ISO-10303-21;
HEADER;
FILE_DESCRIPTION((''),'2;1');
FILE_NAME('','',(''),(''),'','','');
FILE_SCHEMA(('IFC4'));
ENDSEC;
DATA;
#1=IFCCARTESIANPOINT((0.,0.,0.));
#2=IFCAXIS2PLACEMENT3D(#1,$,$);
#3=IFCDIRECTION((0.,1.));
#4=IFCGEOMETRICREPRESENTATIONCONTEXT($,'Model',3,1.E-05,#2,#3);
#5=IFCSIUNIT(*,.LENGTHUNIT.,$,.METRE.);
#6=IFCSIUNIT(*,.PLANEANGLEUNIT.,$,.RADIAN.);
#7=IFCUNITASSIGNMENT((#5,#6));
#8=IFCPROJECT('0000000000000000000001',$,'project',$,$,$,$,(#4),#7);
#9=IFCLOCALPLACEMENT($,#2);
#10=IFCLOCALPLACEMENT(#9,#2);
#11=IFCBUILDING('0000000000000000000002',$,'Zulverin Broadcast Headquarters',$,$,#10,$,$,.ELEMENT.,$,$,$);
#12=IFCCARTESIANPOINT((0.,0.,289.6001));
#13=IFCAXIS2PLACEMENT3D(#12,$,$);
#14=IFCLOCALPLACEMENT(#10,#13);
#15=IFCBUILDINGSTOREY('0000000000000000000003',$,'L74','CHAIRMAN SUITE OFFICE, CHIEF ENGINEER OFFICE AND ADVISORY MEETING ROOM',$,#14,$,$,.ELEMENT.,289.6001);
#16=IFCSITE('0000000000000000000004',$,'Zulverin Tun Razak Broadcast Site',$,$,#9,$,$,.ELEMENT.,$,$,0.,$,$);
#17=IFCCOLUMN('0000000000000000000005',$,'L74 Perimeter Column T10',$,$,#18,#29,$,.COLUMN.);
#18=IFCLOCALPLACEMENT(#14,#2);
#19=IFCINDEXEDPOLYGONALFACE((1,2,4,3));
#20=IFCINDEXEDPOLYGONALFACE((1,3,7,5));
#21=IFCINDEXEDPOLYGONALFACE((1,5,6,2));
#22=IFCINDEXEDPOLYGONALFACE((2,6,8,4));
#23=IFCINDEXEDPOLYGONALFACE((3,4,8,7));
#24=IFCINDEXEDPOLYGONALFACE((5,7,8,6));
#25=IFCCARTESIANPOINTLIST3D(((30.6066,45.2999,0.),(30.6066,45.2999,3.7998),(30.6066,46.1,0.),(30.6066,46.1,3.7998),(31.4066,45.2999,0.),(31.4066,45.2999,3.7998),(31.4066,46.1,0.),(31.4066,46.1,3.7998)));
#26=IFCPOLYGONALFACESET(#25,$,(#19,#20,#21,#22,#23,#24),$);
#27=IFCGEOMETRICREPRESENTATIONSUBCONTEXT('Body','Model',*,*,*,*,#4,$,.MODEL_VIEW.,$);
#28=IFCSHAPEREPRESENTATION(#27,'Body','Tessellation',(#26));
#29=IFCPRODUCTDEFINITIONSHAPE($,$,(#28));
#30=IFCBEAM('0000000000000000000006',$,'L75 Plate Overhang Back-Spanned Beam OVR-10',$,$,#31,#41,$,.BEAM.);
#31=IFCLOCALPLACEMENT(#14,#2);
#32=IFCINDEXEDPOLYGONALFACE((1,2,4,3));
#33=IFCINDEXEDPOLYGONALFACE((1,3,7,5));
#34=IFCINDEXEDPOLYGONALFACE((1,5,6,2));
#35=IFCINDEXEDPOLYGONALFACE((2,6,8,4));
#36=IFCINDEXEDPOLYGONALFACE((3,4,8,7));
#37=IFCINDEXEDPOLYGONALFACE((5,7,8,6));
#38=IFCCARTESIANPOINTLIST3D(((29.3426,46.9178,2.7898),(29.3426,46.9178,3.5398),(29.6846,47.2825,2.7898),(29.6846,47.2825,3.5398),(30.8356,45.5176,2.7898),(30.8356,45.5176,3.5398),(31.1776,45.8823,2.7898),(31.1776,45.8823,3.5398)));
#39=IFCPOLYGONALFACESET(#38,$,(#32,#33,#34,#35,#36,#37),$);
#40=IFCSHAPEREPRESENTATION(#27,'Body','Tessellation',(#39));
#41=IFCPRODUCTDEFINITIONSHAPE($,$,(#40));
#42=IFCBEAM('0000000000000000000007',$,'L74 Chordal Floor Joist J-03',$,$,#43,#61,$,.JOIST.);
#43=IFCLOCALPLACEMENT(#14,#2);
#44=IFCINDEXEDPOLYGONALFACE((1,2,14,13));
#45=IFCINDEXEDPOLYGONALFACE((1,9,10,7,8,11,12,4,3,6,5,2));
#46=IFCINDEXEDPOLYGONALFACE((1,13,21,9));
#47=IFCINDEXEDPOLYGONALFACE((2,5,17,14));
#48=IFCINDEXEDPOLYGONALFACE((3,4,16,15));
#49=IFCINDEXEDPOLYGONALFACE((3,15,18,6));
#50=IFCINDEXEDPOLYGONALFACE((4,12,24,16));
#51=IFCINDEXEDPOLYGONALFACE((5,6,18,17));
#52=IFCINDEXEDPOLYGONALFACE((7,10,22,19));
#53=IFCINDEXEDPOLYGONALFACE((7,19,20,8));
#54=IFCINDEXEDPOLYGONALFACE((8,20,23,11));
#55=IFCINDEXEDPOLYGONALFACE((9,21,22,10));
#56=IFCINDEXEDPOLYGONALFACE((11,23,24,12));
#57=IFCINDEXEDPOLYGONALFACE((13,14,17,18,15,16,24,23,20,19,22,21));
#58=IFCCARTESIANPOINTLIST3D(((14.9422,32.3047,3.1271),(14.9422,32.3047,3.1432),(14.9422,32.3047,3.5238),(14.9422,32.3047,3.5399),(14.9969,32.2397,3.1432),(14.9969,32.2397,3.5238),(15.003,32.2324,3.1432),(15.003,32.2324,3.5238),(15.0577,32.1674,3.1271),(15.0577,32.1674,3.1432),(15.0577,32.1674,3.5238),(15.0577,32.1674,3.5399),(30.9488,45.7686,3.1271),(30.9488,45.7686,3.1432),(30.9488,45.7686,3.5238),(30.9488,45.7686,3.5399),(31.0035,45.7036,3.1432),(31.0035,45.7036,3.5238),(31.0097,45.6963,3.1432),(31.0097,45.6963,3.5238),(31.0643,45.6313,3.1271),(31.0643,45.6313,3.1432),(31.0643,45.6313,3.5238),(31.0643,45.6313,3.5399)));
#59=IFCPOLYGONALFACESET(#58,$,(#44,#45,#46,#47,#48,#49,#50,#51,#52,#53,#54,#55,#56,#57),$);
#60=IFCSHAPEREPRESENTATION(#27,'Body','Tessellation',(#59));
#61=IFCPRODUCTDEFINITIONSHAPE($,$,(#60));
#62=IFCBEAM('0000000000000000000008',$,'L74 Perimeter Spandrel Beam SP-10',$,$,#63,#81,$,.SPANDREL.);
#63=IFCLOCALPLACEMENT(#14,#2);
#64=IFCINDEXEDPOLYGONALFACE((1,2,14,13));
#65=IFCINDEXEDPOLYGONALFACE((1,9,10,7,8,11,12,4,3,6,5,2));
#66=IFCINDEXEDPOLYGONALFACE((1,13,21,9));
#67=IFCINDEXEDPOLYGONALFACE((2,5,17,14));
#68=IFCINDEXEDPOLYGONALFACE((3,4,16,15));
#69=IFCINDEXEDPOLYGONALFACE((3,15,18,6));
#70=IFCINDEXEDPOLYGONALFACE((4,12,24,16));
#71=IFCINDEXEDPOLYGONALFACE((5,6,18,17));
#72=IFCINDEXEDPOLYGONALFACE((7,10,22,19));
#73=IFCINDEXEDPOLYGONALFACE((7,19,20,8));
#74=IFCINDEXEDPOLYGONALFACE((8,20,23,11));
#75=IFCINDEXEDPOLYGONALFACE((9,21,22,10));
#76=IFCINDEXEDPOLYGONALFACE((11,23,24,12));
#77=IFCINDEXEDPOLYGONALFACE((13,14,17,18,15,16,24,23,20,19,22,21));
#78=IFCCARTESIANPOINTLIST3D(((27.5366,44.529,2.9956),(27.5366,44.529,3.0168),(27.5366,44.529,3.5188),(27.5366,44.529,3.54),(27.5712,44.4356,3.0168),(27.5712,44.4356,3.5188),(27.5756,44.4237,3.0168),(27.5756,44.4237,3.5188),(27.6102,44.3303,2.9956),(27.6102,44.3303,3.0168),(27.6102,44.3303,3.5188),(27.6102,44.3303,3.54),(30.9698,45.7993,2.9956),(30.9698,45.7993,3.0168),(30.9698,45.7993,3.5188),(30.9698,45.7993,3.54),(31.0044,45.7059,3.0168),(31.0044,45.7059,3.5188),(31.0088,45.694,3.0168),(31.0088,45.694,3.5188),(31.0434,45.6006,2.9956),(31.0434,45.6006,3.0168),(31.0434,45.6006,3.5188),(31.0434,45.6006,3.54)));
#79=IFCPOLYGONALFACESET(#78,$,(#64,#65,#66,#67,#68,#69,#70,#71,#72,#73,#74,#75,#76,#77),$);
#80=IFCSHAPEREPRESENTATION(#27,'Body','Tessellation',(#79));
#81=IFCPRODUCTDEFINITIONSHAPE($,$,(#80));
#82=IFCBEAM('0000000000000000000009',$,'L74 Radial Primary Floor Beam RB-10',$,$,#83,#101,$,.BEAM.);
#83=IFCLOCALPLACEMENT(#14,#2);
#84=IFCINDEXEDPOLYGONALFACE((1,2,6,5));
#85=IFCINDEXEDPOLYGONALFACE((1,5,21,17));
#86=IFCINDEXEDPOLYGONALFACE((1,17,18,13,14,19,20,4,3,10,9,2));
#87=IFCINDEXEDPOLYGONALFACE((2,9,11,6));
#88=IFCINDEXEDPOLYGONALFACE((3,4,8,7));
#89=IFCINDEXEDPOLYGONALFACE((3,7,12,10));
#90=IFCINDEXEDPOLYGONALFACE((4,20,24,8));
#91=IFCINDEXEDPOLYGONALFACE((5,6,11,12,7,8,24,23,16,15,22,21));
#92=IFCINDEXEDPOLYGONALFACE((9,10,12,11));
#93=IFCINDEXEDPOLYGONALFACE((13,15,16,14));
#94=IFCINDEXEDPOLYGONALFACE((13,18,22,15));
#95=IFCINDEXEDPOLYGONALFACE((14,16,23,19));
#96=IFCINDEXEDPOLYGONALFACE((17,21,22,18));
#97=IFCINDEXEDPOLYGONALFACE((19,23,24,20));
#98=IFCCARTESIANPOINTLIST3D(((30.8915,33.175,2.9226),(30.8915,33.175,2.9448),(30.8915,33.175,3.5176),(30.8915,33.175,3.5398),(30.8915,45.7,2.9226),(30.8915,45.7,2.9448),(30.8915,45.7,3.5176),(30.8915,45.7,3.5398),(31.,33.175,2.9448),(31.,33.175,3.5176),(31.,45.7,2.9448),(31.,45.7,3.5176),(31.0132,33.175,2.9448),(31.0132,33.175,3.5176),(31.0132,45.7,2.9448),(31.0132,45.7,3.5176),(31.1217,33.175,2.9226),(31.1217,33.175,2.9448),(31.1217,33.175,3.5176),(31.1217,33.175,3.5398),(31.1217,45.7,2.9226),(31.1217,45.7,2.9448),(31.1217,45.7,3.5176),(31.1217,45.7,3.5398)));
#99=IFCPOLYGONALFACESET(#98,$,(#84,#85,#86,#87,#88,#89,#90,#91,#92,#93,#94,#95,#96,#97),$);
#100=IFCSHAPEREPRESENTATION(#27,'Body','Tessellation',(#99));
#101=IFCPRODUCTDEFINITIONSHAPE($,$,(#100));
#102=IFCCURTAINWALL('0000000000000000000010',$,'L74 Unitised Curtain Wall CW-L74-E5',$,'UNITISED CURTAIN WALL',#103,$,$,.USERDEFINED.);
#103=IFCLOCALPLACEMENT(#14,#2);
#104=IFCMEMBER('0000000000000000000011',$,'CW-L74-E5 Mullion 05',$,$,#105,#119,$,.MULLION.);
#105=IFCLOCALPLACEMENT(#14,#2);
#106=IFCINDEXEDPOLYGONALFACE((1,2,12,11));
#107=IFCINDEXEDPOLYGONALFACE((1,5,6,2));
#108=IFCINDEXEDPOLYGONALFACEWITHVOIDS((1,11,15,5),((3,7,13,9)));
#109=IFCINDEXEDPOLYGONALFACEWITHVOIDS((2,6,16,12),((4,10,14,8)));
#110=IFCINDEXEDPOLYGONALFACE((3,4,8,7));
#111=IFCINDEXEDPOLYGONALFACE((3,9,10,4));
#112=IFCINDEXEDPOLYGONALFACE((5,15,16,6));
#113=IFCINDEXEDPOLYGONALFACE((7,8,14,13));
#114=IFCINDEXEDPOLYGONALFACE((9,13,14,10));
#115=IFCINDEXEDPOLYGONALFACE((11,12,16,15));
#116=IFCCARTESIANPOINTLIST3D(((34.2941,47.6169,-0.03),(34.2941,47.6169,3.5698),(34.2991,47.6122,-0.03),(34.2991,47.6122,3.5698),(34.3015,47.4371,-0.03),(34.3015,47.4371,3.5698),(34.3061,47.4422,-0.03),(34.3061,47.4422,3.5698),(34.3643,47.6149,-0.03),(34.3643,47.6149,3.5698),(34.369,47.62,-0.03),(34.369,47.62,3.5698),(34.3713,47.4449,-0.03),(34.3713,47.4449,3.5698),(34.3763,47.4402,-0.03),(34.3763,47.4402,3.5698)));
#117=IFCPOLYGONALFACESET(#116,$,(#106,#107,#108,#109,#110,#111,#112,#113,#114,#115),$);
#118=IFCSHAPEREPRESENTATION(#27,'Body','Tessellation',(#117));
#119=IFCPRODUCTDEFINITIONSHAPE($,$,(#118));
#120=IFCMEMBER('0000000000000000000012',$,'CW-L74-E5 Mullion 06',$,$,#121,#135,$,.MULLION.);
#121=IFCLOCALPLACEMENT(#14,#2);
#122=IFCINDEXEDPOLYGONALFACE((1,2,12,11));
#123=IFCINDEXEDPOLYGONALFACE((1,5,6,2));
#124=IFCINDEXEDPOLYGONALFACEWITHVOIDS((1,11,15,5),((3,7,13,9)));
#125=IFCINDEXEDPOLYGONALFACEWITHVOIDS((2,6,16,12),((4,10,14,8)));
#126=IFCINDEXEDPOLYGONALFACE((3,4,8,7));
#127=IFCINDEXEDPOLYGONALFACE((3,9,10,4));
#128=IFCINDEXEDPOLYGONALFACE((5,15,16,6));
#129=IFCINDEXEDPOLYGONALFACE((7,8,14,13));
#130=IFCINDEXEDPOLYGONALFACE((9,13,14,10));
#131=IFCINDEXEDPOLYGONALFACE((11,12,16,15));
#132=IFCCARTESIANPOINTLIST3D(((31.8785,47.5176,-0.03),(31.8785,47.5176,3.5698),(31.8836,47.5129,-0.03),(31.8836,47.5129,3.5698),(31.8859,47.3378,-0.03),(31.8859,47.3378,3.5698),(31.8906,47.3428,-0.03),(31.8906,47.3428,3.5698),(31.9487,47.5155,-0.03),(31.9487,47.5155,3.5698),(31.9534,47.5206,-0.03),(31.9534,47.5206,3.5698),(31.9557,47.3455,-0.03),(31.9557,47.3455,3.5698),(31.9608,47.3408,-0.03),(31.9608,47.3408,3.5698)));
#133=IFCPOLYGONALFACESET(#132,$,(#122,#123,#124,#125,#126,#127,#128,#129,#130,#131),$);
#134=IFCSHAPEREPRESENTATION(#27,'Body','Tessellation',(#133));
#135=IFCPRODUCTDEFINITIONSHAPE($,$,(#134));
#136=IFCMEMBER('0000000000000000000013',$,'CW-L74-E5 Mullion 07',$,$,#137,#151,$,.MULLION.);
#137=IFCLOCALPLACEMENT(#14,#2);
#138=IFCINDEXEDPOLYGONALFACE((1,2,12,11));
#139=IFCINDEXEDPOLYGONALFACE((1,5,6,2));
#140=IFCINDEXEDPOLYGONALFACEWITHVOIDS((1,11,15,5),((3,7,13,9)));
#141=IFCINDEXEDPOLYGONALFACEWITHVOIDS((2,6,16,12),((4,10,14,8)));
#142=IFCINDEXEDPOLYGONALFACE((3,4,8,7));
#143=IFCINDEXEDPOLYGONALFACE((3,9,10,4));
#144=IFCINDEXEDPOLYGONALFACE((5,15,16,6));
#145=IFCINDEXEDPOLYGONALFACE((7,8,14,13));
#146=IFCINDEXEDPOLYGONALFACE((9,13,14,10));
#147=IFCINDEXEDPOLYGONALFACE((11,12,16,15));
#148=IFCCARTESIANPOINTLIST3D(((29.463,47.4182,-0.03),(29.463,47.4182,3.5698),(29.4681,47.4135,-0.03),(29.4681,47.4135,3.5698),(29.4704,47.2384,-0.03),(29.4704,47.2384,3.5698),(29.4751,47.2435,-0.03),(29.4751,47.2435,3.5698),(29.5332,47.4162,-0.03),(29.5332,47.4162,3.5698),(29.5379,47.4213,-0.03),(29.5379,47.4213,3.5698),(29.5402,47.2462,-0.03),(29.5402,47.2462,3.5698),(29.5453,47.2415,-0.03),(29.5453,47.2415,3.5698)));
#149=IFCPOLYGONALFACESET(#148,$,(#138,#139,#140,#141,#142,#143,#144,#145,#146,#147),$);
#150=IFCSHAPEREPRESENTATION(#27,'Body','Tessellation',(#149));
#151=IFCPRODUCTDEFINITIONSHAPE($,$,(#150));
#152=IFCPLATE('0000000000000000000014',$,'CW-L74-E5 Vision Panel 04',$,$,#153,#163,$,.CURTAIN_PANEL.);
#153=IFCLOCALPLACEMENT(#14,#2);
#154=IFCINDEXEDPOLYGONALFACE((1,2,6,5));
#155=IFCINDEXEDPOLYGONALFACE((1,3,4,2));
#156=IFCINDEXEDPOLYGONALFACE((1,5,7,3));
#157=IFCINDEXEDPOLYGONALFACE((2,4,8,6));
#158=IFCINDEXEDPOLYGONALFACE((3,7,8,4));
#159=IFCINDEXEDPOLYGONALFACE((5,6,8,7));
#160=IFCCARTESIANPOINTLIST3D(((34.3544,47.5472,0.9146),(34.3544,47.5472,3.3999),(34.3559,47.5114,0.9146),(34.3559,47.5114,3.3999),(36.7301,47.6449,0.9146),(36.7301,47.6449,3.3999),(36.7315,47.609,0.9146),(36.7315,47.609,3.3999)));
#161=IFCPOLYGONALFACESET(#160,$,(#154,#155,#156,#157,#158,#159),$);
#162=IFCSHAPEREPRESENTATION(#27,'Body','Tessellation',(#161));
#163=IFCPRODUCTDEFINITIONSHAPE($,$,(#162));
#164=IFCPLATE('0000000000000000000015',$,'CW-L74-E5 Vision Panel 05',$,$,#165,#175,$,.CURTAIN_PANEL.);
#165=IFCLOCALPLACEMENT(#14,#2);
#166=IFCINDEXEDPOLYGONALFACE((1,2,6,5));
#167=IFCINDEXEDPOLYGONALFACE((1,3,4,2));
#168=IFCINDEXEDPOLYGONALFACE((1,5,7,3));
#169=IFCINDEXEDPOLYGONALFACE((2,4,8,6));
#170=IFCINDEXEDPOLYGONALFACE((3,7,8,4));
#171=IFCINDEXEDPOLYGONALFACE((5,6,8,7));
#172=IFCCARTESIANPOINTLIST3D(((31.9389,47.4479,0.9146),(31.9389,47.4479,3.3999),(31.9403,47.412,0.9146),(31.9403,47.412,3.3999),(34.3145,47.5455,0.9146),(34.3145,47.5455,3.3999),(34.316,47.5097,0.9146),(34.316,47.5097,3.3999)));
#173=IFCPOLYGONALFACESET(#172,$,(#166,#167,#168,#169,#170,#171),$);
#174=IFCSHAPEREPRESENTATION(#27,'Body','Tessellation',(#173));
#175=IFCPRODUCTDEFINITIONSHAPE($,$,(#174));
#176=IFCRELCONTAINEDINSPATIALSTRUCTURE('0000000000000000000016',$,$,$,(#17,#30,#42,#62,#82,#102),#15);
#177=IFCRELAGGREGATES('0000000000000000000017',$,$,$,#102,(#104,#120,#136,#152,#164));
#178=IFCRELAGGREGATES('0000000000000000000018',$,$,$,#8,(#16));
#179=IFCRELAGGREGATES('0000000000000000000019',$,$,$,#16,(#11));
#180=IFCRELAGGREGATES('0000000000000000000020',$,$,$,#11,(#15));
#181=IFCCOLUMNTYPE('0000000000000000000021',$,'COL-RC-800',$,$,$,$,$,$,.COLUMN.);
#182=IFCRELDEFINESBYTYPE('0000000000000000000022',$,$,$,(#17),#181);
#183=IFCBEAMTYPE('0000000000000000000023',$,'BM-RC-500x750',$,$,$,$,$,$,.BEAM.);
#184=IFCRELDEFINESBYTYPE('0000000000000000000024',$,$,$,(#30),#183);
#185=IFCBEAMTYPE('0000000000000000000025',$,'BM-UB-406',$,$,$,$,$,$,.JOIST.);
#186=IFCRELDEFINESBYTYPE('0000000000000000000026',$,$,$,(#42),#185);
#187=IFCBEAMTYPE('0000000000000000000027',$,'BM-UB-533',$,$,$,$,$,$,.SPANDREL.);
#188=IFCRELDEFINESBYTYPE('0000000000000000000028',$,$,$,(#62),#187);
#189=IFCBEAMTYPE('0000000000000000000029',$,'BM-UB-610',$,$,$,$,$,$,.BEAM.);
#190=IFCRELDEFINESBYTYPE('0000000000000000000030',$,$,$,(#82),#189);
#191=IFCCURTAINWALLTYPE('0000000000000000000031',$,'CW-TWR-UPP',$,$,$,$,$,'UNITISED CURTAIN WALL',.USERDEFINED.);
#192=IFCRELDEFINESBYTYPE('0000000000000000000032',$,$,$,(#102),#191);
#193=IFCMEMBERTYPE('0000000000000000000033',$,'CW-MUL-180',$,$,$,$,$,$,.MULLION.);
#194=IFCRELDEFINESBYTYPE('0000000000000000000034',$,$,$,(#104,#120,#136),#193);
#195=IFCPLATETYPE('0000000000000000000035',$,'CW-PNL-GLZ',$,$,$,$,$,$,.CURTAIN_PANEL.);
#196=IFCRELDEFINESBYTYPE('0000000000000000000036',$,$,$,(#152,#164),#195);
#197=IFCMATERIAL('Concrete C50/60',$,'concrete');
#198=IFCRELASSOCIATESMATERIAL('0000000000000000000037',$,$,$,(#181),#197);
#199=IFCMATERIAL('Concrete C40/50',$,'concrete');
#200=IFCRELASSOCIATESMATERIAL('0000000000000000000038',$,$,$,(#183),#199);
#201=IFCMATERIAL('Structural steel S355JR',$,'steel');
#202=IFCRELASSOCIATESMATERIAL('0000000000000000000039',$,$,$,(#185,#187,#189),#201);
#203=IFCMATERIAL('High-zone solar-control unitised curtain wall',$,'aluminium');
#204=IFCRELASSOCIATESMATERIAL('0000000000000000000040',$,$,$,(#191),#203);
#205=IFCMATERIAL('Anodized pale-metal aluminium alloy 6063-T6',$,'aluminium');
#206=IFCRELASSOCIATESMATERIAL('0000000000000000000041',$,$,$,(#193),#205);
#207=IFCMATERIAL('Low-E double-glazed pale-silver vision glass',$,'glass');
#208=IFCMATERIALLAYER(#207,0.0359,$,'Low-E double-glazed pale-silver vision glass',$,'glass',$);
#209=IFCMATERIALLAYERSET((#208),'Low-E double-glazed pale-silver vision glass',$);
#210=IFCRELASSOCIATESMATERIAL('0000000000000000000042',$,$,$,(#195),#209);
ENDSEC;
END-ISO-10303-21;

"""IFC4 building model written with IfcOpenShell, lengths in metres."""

from ifc_helpers import new_model, si_unit, direction, frame, origin, origin_2d, place, context, subcontext, project, spatial, rectangle, hollow_rectangle, i_section, extrude, material, layer, layer_set, material_profile, profile_set, type_object, element, aggregate, save


model = new_model("IFC4")

# Units and contexts
model_context = context("Model", 3, precision=1e-05, world=origin(), true_north=direction((0.0, 1.0)))
body_context = subcontext(model_context, "Body", "Model", "MODEL_VIEW")
ifc_project = project(units=[si_unit("LENGTHUNIT", "METRE"), si_unit("PLANEANGLEUNIT", "RADIAN")], contexts=[model_context])

# Site, building, storey
site_placement = place(None, origin())
site = spatial("IfcSite", under=ifc_project, at=site_placement, Name="Zulverin Tun Razak Broadcast Site", CompositionType="ELEMENT", RefElevation=0.0)
building_placement = place(site_placement, origin())
building = spatial("IfcBuilding", under=site, at=building_placement, Name="Zulverin Broadcast Headquarters", CompositionType="ELEMENT")
storey_placement = place(building_placement, frame((0.0, 0.0, 289.6001)))
storey = spatial("IfcBuildingStorey", under=building, at=storey_placement, Name="L74", Description="CHAIRMAN SUITE OFFICE, CHIEF ENGINEER OFFICE AND ADVISORY MEETING ROOM", CompositionType="ELEMENT", Elevation=289.6001)

# Column
ifc_material_1 = material(Name="Concrete C50/60", Category="concrete")
ifc_material_profile_1 = material_profile(ifc_material_1, rectangle(XDim=0.8, YDim=0.8, at=origin_2d()), Name="Concrete C50/60", Category="concrete")
ifc_profile_set_1 = profile_set([ifc_material_profile_1], Name="Concrete C50/60")
column_type = type_object("IfcColumnType", Name="COL-RC-800", PredefinedType="COLUMN", material=ifc_profile_set_1)
column_placement = place(storey_placement, frame((31.0066, 45.7, 0.0), z_axis=(0.0, 0.0, 1.0), x_axis=(1.0, 0.0, 0.0)))
element("IfcColumn", 1, at=column_placement, inside=storey, type_object=column_type, Name="L74 Perimeter Column T10", PredefinedType="COLUMN", context=body_context, shape_type="SweptSolid", body=[
    extrude(rectangle(XDim=0.8, YDim=0.8, at=origin_2d()), origin(), (0.0, 0.0, 1.0), 3.7998),
])

# Beams
ifc_material_2 = material(Name="Concrete C40/50", Category="concrete")
ifc_material_profile_2 = material_profile(ifc_material_2, rectangle(XDim=0.5, YDim=0.75, at=origin_2d()), Name="Concrete C40/50", Category="concrete")
ifc_profile_set_2 = profile_set([ifc_material_profile_2], Name="Concrete C40/50")
beam_type_1 = type_object("IfcBeamType", Name="BM-RC-500x750", PredefinedType="BEAM", material=ifc_profile_set_2)
beam_1_placement = place(storey_placement, frame((31.0066, 45.7, 3.1648), z_axis=(-0.729407, 0.68408, 0.0), x_axis=(-0.68408, -0.729407, 0.0)))
element("IfcBeam", 2, at=beam_1_placement, inside=storey, type_object=beam_type_1, Name="L75 Plate Overhang Back-Spanned Beam OVR-10", PredefinedType="BEAM", context=body_context, shape_type="SweptSolid", body=[
    extrude(rectangle(XDim=0.5, YDim=0.75, at=origin_2d()), origin(), (0.0, 0.0, 1.0), 2.0469),
])
ifc_material_3 = material(Name="Structural steel S355JR", Category="steel")
ifc_material_profile_3 = material_profile(ifc_material_3, i_section(OverallWidth=0.1794, OverallDepth=0.4128, WebThickness=0.0095, FlangeThickness=0.0161, at=origin_2d()), Name="Structural steel S355JR", Category="steel")
ifc_profile_set_3 = profile_set([ifc_material_profile_3], Name="Structural steel S355JR")
beam_type_2 = type_object("IfcBeamType", Name="BM-UB-406", PredefinedType="JOIST", material=ifc_profile_set_3)
beam_2_placement = place(storey_placement, frame((31.0066, 45.7, 3.3335), z_axis=(-0.765273, -0.643706, 0.0), x_axis=(0.643706, -0.765273, 0.0)))
element("IfcBeam", 3, at=beam_2_placement, inside=storey, type_object=beam_type_2, Name="L74 Chordal Floor Joist J-03", PredefinedType="JOIST", context=body_context, shape_type="SweptSolid", body=[
    extrude(i_section(OverallWidth=0.1794, OverallDepth=0.4128, WebThickness=0.0095, FlangeThickness=0.0161, at=origin_2d()), origin(), (0.0, 0.0, 1.0), 20.9163),
])
ifc_material_profile_4 = material_profile(ifc_material_3, i_section(OverallWidth=0.2119, OverallDepth=0.5444, WebThickness=0.0127, FlangeThickness=0.0212, at=origin_2d()), Name="Structural steel S355JR", Category="steel")
ifc_profile_set_4 = profile_set([ifc_material_profile_4], Name="Structural steel S355JR")
beam_type_3 = type_object("IfcBeamType", Name="BM-UB-533", PredefinedType="SPANDREL", material=ifc_profile_set_4)
beam_3_placement = place(storey_placement, frame((31.0066, 45.7, 3.2678), z_axis=(-0.937861, -0.347012, 0.0), x_axis=(0.347012, -0.937861, 0.0)))
element("IfcBeam", 4, at=beam_3_placement, inside=storey, type_object=beam_type_3, Name="L74 Perimeter Spandrel Beam SP-10", PredefinedType="SPANDREL", context=body_context, shape_type="SweptSolid", body=[
    extrude(i_section(OverallWidth=0.2119, OverallDepth=0.5444, WebThickness=0.0127, FlangeThickness=0.0212, at=origin_2d()), origin(), (0.0, 0.0, 1.0), 3.6606),
])
ifc_material_profile_5 = material_profile(ifc_material_3, i_section(OverallWidth=0.2302, OverallDepth=0.6172, WebThickness=0.0132, FlangeThickness=0.0222, at=origin_2d()), Name="Structural steel S355JR", Category="steel")
ifc_profile_set_5 = profile_set([ifc_material_profile_5], Name="Structural steel S355JR")
beam_type_4 = type_object("IfcBeamType", Name="BM-UB-610", PredefinedType="BEAM", material=ifc_profile_set_5)
beam_4_placement = place(storey_placement, frame((31.0066, 33.175, 3.2312), z_axis=(0.0, 1.0, 0.0), x_axis=(-1.0, 0.0, 0.0)))
element("IfcBeam", 5, at=beam_4_placement, inside=storey, type_object=beam_type_4, Name="L74 Radial Primary Floor Beam RB-10", PredefinedType="BEAM", context=body_context, shape_type="SweptSolid", body=[
    extrude(i_section(OverallWidth=0.2302, OverallDepth=0.6172, WebThickness=0.0132, FlangeThickness=0.0222, at=origin_2d()), origin(), (0.0, 0.0, 1.0), 12.5249),
])

# Curtain wall, members, plates
ifc_material_4 = material(Name="High-zone solar-control unitised curtain wall", Category="aluminium")
curtain_wall_type = type_object("IfcCurtainWallType", Name="CW-TWR-UPP", ElementType="UNITISED CURTAIN WALL", PredefinedType="USERDEFINED", material=ifc_material_4)
curtain_wall_placement = place(storey_placement, origin())
curtain_wall = element("IfcCurtainWall", 6, at=curtain_wall_placement, inside=storey, type_object=curtain_wall_type, Name="L74 Unitised Curtain Wall CW-L74-E5", ObjectType="UNITISED CURTAIN WALL", PredefinedType="USERDEFINED")
ifc_material_5 = material(Name="Anodized pale-metal aluminium alloy 6063-T6", Category="aluminium")
ifc_material_profile_6 = material_profile(ifc_material_5, hollow_rectangle(XDim=0.075, YDim=0.1799, WallThickness=0.0049, at=origin_2d()), Name="Anodized pale-metal aluminium alloy 6063-T6", Category="aluminium")
ifc_profile_set_6 = profile_set([ifc_material_profile_6], Name="Anodized pale-metal aluminium alloy 6063-T6")
member_type = type_object("IfcMemberType", Name="CW-MUL-180", PredefinedType="MULLION", material=ifc_profile_set_6)
member_1_placement = place(storey_placement, frame((34.3352, 47.5286, -0.03), z_axis=(0.0, 0.0, 1.0), x_axis=(-0.999156, -0.041068, 0.0)))
member_1 = element("IfcMember", 7, at=member_1_placement, type_object=member_type, Name="CW-L74-E5 Mullion 05", PredefinedType="MULLION", context=body_context, shape_type="SweptSolid", body=[
    extrude(hollow_rectangle(XDim=0.075, YDim=0.1799, WallThickness=0.0049, at=origin_2d()), origin(), (0.0, 0.0, 1.0), 3.5999),
])
member_2_placement = place(storey_placement, frame((31.9197, 47.4292, -0.03), z_axis=(0.0, 0.0, 1.0), x_axis=(-0.999156, -0.041068, 0.0)))
member_2 = element("IfcMember", 8, at=member_2_placement, type_object=member_type, Name="CW-L74-E5 Mullion 06", PredefinedType="MULLION", context=body_context, shape_type="SweptSolid", body=[
    extrude(hollow_rectangle(XDim=0.075, YDim=0.1799, WallThickness=0.0049, at=origin_2d()), origin(), (0.0, 0.0, 1.0), 3.5999),
])
member_3_placement = place(storey_placement, frame((29.5042, 47.3298, -0.03), z_axis=(0.0, 0.0, 1.0), x_axis=(-0.999156, -0.041068, 0.0)))
member_3 = element("IfcMember", 9, at=member_3_placement, type_object=member_type, Name="CW-L74-E5 Mullion 07", PredefinedType="MULLION", context=body_context, shape_type="SweptSolid", body=[
    extrude(hollow_rectangle(XDim=0.075, YDim=0.1799, WallThickness=0.0049, at=origin_2d()), origin(), (0.0, 0.0, 1.0), 3.5999),
])
ifc_material_6 = material(Name="Low-E double-glazed pale-silver vision glass", Category="glass")
ifc_layer_1 = layer(ifc_material_6, 0.0359, Name="Low-E double-glazed pale-silver vision glass", Category="glass")
ifc_layer_set_1 = layer_set([ifc_layer_1], Name="Low-E double-glazed pale-silver vision glass")
plate_type_1 = type_object("IfcPlateType", Name="CW-PNL-GLZ", PredefinedType="CURTAIN_PANEL", material=ifc_layer_set_1)
plate_1_placement = place(storey_placement, frame((35.543, 47.5781, 0.9146), z_axis=(0.0, 0.0, 1.0), x_axis=(-0.999156, -0.041068, 0.0)))
plate_1 = element("IfcPlate", 10, at=plate_1_placement, type_object=plate_type_1, Name="CW-L74-E5 Vision Panel 04", PredefinedType="CURTAIN_PANEL", context=body_context, shape_type="SweptSolid", body=[
    extrude(rectangle(XDim=2.3777, YDim=0.0359, at=origin_2d()), origin(), (0.0, 0.0, 1.0), 2.4854),
])
plate_2_placement = place(storey_placement, frame((33.1274, 47.4788, 0.9146), z_axis=(0.0, 0.0, 1.0), x_axis=(-0.999156, -0.041068, 0.0)))
plate_2 = element("IfcPlate", 11, at=plate_2_placement, type_object=plate_type_1, Name="CW-L74-E5 Vision Panel 05", PredefinedType="CURTAIN_PANEL", context=body_context, shape_type="SweptSolid", body=[
    extrude(rectangle(XDim=2.3777, YDim=0.0359, at=origin_2d()), origin(), (0.0, 0.0, 1.0), 2.4854),
])
aggregate(curtain_wall, [member_1, member_2, member_3, plate_1, plate_2])

save(model, "model.ifc")
